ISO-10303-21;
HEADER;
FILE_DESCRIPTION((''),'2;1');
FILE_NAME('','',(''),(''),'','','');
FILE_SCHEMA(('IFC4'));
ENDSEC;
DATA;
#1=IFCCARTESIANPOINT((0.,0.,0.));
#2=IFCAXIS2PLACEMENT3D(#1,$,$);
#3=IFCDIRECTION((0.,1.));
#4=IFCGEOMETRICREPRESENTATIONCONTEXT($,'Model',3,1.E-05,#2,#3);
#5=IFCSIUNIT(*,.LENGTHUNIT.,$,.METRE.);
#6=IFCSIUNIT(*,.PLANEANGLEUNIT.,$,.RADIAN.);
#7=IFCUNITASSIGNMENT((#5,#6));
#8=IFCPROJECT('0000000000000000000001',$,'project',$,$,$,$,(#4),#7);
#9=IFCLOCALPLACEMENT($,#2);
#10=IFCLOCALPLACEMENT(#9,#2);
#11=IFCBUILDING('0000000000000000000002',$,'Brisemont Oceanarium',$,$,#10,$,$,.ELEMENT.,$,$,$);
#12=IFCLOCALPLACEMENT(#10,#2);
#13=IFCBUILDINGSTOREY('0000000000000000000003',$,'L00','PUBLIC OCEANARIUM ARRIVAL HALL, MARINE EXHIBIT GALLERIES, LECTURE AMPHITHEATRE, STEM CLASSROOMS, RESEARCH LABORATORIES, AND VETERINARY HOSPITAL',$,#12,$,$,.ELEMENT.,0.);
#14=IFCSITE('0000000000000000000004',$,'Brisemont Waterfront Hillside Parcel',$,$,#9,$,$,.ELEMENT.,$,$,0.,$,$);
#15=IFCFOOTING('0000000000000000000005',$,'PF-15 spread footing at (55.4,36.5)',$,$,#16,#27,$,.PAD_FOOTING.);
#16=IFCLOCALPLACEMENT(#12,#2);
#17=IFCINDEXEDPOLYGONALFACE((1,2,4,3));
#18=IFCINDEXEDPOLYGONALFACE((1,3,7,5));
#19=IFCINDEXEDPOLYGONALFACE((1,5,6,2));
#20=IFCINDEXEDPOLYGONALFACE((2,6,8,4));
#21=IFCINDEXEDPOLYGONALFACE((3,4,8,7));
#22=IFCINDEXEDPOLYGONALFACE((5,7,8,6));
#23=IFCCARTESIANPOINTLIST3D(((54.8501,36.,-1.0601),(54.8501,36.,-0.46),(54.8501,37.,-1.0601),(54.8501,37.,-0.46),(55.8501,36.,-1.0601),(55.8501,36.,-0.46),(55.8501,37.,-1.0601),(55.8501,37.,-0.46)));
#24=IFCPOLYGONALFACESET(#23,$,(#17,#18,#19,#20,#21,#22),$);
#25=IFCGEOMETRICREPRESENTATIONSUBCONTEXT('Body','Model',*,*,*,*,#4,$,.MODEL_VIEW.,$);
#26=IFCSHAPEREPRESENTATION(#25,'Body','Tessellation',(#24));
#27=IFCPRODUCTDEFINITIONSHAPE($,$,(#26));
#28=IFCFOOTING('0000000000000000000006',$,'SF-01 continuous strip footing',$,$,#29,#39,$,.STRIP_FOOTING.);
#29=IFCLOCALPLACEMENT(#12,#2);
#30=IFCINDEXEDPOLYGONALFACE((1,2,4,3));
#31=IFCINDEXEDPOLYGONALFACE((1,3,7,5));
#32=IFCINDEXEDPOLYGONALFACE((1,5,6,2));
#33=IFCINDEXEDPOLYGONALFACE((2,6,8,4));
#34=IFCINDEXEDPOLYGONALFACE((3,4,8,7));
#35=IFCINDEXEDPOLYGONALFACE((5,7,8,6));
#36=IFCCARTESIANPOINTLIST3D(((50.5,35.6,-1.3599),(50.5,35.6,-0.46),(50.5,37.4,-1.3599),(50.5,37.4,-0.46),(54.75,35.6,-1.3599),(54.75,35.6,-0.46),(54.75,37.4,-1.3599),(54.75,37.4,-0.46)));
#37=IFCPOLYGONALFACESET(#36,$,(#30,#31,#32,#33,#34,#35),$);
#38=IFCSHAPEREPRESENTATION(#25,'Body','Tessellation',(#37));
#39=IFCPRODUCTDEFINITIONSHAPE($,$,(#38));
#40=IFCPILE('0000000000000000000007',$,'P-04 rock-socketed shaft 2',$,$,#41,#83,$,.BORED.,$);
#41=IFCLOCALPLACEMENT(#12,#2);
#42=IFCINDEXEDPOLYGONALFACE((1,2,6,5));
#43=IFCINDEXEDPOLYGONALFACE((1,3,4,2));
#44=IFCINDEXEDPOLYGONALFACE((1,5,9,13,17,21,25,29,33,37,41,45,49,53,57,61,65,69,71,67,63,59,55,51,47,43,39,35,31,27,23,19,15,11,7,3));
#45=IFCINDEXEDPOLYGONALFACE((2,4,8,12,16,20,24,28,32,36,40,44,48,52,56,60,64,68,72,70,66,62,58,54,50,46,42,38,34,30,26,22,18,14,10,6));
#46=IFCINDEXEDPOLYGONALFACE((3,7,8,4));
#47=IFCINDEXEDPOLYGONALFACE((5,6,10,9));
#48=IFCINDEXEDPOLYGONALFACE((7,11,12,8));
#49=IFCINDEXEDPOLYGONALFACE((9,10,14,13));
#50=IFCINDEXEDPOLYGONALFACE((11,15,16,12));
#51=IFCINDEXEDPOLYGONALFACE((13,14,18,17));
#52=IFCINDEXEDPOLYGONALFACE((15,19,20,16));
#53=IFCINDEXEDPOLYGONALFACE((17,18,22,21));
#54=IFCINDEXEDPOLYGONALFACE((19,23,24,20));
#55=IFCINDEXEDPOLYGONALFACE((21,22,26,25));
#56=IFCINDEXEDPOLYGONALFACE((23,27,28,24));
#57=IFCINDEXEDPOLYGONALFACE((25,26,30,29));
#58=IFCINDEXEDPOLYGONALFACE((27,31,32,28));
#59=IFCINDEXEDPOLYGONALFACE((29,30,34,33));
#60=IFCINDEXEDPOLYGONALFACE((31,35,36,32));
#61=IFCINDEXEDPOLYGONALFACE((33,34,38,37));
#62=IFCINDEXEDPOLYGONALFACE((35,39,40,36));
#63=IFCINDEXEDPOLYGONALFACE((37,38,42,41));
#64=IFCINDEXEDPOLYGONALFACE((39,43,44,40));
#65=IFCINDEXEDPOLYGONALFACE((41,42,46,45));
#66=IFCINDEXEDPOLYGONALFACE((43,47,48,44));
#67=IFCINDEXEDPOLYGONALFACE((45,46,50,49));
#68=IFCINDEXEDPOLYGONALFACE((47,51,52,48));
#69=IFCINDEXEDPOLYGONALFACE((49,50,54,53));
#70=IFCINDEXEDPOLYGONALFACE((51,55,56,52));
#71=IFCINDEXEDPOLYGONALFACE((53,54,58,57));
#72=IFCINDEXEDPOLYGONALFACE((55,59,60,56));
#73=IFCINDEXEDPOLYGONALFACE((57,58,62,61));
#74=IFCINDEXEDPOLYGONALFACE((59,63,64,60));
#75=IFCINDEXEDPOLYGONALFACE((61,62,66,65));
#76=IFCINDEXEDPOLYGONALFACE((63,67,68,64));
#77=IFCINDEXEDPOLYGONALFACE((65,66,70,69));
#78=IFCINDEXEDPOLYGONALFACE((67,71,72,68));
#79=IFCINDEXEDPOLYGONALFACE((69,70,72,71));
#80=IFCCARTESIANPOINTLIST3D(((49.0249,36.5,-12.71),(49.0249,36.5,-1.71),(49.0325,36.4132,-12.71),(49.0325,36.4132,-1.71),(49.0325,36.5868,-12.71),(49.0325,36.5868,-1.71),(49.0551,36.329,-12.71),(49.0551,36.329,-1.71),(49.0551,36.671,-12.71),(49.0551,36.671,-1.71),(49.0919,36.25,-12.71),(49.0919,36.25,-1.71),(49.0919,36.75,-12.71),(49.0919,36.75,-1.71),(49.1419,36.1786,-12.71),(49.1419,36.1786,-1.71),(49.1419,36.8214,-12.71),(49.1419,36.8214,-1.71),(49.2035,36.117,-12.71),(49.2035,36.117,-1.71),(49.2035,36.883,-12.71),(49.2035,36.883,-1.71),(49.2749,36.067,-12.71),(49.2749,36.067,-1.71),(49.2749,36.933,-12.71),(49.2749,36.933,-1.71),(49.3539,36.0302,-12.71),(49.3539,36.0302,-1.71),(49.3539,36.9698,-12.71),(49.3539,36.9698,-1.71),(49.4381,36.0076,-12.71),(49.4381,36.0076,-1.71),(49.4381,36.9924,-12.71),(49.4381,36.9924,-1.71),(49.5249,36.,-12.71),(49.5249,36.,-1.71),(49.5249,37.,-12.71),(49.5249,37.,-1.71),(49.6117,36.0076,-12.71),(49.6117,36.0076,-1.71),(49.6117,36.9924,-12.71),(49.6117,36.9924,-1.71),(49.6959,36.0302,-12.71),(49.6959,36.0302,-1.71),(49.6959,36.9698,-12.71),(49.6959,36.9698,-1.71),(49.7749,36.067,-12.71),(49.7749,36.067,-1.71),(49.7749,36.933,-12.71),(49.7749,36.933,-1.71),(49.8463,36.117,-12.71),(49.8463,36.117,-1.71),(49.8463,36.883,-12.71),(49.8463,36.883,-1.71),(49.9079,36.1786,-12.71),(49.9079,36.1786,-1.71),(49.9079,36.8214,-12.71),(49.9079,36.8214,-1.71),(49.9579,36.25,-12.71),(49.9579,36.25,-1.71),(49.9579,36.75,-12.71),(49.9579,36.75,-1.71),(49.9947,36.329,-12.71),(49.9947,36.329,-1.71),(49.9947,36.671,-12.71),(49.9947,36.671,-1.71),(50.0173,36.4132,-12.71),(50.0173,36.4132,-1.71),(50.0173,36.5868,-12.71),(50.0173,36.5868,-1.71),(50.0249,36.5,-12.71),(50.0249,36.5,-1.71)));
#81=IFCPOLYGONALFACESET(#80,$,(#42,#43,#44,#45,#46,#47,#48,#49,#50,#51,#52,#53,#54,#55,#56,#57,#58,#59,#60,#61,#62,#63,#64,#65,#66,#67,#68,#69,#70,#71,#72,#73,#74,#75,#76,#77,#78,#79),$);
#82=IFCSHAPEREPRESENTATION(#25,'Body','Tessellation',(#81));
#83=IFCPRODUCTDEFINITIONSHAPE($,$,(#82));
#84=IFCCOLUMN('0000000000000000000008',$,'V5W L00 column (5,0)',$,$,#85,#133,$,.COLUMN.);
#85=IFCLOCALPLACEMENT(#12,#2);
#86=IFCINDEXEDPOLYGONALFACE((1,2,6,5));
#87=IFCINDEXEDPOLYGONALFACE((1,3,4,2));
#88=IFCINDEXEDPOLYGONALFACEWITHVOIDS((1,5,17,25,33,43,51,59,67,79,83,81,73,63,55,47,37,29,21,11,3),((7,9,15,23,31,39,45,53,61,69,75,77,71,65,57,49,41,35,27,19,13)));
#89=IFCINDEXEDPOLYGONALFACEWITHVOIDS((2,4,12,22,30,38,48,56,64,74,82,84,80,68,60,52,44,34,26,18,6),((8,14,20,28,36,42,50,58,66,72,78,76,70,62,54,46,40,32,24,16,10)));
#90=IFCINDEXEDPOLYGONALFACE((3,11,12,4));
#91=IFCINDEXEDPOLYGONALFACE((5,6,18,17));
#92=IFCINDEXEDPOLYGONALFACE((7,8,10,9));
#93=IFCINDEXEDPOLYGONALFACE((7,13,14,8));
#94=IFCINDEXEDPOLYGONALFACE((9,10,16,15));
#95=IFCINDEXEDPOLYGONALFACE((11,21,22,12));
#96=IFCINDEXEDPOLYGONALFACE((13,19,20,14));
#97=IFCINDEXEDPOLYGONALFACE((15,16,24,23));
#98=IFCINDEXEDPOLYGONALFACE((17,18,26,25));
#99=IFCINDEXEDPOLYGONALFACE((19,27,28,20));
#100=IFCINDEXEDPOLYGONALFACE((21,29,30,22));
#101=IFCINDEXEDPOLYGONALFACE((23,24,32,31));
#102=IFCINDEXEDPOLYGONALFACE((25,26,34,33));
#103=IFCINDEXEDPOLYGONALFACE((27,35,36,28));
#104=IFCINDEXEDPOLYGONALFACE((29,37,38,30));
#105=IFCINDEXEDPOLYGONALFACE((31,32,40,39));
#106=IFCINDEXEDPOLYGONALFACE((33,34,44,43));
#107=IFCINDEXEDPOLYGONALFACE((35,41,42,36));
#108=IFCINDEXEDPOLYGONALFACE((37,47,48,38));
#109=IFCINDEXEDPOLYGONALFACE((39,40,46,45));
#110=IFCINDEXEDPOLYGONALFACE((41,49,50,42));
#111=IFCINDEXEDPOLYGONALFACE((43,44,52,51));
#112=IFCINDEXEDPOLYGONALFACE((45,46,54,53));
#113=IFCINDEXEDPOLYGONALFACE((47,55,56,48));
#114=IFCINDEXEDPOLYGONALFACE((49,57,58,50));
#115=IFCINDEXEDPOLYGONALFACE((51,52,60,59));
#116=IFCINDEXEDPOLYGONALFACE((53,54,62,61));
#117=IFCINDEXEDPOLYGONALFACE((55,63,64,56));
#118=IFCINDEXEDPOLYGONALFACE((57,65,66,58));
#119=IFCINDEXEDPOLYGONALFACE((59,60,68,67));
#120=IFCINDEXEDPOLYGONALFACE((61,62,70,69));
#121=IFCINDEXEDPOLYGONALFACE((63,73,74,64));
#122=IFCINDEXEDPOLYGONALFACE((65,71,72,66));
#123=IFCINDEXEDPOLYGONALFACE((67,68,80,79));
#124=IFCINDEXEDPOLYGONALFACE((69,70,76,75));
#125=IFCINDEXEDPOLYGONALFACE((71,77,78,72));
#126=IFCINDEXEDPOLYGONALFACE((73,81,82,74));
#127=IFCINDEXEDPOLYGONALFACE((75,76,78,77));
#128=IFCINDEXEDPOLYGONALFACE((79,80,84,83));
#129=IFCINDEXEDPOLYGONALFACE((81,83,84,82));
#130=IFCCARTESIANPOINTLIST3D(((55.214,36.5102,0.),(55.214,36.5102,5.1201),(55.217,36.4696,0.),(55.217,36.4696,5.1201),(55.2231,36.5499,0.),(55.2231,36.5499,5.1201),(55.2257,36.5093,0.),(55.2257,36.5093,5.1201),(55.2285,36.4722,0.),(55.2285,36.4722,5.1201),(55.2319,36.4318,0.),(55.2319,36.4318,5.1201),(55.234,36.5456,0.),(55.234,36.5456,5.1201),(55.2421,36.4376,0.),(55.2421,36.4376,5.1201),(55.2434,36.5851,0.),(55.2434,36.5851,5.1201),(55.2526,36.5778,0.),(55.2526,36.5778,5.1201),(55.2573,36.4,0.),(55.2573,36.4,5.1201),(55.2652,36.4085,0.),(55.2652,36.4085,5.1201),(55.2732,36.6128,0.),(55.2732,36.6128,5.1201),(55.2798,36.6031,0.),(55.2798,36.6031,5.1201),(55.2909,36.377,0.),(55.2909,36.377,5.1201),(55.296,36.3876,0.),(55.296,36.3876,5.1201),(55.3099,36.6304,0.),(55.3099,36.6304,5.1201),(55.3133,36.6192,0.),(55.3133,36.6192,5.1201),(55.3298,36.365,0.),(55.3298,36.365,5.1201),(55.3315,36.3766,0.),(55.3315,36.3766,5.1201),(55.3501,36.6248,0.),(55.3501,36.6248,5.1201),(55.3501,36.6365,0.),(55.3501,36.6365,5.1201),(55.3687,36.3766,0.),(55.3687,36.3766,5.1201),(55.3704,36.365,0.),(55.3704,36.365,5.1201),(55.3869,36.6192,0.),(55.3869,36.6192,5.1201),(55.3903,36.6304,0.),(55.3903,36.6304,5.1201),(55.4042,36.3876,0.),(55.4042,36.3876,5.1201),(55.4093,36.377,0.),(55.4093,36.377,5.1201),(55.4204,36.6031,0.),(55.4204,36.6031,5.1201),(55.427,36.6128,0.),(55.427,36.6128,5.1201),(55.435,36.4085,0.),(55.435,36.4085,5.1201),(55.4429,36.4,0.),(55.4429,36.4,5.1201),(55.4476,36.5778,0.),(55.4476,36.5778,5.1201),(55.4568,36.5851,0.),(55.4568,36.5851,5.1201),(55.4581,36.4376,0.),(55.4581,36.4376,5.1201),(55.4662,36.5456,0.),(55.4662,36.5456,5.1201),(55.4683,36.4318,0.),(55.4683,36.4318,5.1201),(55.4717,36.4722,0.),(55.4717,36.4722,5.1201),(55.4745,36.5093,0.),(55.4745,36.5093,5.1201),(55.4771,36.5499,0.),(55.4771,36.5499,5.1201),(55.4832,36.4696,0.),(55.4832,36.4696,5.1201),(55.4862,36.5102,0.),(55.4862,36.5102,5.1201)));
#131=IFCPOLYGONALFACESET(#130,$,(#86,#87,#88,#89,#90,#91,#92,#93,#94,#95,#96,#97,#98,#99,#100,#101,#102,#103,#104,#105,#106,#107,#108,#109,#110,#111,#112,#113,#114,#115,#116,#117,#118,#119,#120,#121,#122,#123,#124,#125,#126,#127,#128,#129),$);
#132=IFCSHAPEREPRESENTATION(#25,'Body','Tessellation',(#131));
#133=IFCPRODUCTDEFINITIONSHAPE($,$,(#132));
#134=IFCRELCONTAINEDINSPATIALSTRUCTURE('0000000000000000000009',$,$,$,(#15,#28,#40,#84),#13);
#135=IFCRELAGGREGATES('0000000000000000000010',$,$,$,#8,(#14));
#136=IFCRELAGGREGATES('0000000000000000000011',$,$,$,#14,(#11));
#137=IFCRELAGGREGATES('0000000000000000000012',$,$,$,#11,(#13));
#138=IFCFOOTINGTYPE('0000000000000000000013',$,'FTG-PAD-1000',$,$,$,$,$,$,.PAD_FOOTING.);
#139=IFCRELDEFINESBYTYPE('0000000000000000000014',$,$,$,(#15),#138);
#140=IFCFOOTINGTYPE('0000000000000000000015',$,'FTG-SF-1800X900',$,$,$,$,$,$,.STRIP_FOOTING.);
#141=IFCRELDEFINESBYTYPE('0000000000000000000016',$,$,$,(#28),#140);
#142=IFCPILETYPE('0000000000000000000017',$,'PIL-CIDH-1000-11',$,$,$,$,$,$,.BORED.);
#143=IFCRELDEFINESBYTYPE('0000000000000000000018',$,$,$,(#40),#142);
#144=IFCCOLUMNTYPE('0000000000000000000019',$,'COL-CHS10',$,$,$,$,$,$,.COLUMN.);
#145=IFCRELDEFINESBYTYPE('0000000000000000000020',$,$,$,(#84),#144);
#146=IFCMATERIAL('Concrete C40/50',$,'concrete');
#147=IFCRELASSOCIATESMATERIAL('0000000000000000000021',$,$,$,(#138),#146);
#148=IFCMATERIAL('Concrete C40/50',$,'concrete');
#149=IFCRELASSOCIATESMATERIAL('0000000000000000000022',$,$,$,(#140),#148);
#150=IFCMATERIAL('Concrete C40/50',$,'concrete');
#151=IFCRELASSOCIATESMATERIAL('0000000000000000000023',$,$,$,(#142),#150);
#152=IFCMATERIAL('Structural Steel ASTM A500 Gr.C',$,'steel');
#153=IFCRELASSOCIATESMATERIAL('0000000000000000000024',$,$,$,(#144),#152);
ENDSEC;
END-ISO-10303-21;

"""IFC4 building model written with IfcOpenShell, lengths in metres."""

from ifc_helpers import new_model, si_unit, direction, frame, origin, origin_2d, place, context, subcontext, project, spatial, rectangle, circle, hollow_circle, extrude, material, material_profile, profile_set, type_object, element, save


model = new_model("IFC4")

# Units and contexts
model_context = context("Model", 3, precision=1e-05, world=origin(), true_north=direction((0.0, 1.0)))
body_context = subcontext(model_context, "Body", "Model", "MODEL_VIEW")
ifc_project = project(units=[si_unit("LENGTHUNIT", "METRE"), si_unit("PLANEANGLEUNIT", "RADIAN")], contexts=[model_context])

# Site, building, storey
site_placement = place(None, origin())
site = spatial("IfcSite", under=ifc_project, at=site_placement, Name="Brisemont Waterfront Hillside Parcel", CompositionType="ELEMENT", RefElevation=0.0)
building_placement = place(site_placement, origin())
building = spatial("IfcBuilding", under=site, at=building_placement, Name="Brisemont Oceanarium", CompositionType="ELEMENT")
storey_placement = place(building_placement, origin())
storey = spatial("IfcBuildingStorey", under=building, at=storey_placement, Name="L00", Description="PUBLIC OCEANARIUM ARRIVAL HALL, MARINE EXHIBIT GALLERIES, LECTURE AMPHITHEATRE, STEM CLASSROOMS, RESEARCH LABORATORIES, AND VETERINARY HOSPITAL", CompositionType="ELEMENT", Elevation=0.0)

# Footings
ifc_material_1 = material(Name="Concrete C40/50", Category="concrete")
footing_type_1 = type_object("IfcFootingType", Name="FTG-PAD-1000", PredefinedType="PAD_FOOTING", material=ifc_material_1)
footing_1_placement = place(storey_placement, frame((55.3501, 36.5, -1.0601), z_axis=(0.0, 0.0, 1.0), x_axis=(1.0, 0.0, 0.0)))
element("IfcFooting", 1, at=footing_1_placement, inside=storey, type_object=footing_type_1, Name="PF-15 spread footing at (55.4,36.5)", PredefinedType="PAD_FOOTING", context=body_context, shape_type="SweptSolid", body=[
    extrude(rectangle(XDim=1.0, YDim=1.0, at=origin_2d()), origin(), (0.0, 0.0, 1.0), 0.6001),
])
ifc_material_2 = material(Name="Concrete C40/50", Category="concrete")
footing_type_2 = type_object("IfcFootingType", Name="FTG-SF-1800X900", PredefinedType="STRIP_FOOTING", material=ifc_material_2)
footing_2_placement = place(storey_placement, frame((52.625, 36.5, -1.3599), z_axis=(0.0, 0.0, 1.0), x_axis=(1.0, 0.0, 0.0)))
element("IfcFooting", 2, at=footing_2_placement, inside=storey, type_object=footing_type_2, Name="SF-01 continuous strip footing", PredefinedType="STRIP_FOOTING", context=body_context, shape_type="SweptSolid", body=[
    extrude(rectangle(XDim=4.25, YDim=1.8, at=origin_2d()), origin(), (0.0, 0.0, 1.0), 0.8999),
])

# Pile
ifc_material_3 = material(Name="Concrete C40/50", Category="concrete")
ifc_material_profile_1 = material_profile(ifc_material_3, circle(Radius=0.5, at=origin_2d()), Name="CIDH-D1000")
ifc_profile_set_1 = profile_set([ifc_material_profile_1], Name="Concrete C40/50")
pile_type = type_object("IfcPileType", Name="PIL-CIDH-1000-11", PredefinedType="BORED", material=ifc_profile_set_1)
pile_placement = place(storey_placement, frame((49.5249, 36.5, -1.71), z_axis=(0.0, 0.0, -1.0), x_axis=(1.0, 0.0, 0.0)))
element("IfcPile", 3, at=pile_placement, inside=storey, type_object=pile_type, Name="P-04 rock-socketed shaft 2", PredefinedType="BORED", context=body_context, shape_type="SweptSolid", body=[
    extrude(circle(Radius=0.5, at=origin_2d()), origin(), (0.0, 0.0, 1.0), 11.0),
])

# Column
ifc_material_4 = material(Name="Structural Steel ASTM A500 Gr.C", Category="steel")
ifc_material_profile_2 = material_profile(ifc_material_4, hollow_circle(Radius=0.1365, WallThickness=0.0117, at=origin_2d()), Name="HSS10.750X0.500")
ifc_profile_set_2 = profile_set([ifc_material_profile_2], Name="Structural Steel ASTM A500 Gr.C")
column_type_1 = type_object("IfcColumnType", Name="COL-CHS10", PredefinedType="COLUMN", material=ifc_profile_set_2)
column_1_placement = place(storey_placement, frame((55.3501, 36.5, 0.0), z_axis=(0.0, 0.0, 1.0), x_axis=(0.0, 1.0, 0.0)))
element("IfcColumn", 4, at=column_1_placement, inside=storey, type_object=column_type_1, Name="V5W L00 column (5,0)", PredefinedType="COLUMN", context=body_context, shape_type="SweptSolid", body=[
    extrude(hollow_circle(Radius=0.1365, WallThickness=0.0117, at=origin_2d()), origin(), (0.0, 0.0, 1.0), 5.1201),
])

save(model, "model.ifc")
